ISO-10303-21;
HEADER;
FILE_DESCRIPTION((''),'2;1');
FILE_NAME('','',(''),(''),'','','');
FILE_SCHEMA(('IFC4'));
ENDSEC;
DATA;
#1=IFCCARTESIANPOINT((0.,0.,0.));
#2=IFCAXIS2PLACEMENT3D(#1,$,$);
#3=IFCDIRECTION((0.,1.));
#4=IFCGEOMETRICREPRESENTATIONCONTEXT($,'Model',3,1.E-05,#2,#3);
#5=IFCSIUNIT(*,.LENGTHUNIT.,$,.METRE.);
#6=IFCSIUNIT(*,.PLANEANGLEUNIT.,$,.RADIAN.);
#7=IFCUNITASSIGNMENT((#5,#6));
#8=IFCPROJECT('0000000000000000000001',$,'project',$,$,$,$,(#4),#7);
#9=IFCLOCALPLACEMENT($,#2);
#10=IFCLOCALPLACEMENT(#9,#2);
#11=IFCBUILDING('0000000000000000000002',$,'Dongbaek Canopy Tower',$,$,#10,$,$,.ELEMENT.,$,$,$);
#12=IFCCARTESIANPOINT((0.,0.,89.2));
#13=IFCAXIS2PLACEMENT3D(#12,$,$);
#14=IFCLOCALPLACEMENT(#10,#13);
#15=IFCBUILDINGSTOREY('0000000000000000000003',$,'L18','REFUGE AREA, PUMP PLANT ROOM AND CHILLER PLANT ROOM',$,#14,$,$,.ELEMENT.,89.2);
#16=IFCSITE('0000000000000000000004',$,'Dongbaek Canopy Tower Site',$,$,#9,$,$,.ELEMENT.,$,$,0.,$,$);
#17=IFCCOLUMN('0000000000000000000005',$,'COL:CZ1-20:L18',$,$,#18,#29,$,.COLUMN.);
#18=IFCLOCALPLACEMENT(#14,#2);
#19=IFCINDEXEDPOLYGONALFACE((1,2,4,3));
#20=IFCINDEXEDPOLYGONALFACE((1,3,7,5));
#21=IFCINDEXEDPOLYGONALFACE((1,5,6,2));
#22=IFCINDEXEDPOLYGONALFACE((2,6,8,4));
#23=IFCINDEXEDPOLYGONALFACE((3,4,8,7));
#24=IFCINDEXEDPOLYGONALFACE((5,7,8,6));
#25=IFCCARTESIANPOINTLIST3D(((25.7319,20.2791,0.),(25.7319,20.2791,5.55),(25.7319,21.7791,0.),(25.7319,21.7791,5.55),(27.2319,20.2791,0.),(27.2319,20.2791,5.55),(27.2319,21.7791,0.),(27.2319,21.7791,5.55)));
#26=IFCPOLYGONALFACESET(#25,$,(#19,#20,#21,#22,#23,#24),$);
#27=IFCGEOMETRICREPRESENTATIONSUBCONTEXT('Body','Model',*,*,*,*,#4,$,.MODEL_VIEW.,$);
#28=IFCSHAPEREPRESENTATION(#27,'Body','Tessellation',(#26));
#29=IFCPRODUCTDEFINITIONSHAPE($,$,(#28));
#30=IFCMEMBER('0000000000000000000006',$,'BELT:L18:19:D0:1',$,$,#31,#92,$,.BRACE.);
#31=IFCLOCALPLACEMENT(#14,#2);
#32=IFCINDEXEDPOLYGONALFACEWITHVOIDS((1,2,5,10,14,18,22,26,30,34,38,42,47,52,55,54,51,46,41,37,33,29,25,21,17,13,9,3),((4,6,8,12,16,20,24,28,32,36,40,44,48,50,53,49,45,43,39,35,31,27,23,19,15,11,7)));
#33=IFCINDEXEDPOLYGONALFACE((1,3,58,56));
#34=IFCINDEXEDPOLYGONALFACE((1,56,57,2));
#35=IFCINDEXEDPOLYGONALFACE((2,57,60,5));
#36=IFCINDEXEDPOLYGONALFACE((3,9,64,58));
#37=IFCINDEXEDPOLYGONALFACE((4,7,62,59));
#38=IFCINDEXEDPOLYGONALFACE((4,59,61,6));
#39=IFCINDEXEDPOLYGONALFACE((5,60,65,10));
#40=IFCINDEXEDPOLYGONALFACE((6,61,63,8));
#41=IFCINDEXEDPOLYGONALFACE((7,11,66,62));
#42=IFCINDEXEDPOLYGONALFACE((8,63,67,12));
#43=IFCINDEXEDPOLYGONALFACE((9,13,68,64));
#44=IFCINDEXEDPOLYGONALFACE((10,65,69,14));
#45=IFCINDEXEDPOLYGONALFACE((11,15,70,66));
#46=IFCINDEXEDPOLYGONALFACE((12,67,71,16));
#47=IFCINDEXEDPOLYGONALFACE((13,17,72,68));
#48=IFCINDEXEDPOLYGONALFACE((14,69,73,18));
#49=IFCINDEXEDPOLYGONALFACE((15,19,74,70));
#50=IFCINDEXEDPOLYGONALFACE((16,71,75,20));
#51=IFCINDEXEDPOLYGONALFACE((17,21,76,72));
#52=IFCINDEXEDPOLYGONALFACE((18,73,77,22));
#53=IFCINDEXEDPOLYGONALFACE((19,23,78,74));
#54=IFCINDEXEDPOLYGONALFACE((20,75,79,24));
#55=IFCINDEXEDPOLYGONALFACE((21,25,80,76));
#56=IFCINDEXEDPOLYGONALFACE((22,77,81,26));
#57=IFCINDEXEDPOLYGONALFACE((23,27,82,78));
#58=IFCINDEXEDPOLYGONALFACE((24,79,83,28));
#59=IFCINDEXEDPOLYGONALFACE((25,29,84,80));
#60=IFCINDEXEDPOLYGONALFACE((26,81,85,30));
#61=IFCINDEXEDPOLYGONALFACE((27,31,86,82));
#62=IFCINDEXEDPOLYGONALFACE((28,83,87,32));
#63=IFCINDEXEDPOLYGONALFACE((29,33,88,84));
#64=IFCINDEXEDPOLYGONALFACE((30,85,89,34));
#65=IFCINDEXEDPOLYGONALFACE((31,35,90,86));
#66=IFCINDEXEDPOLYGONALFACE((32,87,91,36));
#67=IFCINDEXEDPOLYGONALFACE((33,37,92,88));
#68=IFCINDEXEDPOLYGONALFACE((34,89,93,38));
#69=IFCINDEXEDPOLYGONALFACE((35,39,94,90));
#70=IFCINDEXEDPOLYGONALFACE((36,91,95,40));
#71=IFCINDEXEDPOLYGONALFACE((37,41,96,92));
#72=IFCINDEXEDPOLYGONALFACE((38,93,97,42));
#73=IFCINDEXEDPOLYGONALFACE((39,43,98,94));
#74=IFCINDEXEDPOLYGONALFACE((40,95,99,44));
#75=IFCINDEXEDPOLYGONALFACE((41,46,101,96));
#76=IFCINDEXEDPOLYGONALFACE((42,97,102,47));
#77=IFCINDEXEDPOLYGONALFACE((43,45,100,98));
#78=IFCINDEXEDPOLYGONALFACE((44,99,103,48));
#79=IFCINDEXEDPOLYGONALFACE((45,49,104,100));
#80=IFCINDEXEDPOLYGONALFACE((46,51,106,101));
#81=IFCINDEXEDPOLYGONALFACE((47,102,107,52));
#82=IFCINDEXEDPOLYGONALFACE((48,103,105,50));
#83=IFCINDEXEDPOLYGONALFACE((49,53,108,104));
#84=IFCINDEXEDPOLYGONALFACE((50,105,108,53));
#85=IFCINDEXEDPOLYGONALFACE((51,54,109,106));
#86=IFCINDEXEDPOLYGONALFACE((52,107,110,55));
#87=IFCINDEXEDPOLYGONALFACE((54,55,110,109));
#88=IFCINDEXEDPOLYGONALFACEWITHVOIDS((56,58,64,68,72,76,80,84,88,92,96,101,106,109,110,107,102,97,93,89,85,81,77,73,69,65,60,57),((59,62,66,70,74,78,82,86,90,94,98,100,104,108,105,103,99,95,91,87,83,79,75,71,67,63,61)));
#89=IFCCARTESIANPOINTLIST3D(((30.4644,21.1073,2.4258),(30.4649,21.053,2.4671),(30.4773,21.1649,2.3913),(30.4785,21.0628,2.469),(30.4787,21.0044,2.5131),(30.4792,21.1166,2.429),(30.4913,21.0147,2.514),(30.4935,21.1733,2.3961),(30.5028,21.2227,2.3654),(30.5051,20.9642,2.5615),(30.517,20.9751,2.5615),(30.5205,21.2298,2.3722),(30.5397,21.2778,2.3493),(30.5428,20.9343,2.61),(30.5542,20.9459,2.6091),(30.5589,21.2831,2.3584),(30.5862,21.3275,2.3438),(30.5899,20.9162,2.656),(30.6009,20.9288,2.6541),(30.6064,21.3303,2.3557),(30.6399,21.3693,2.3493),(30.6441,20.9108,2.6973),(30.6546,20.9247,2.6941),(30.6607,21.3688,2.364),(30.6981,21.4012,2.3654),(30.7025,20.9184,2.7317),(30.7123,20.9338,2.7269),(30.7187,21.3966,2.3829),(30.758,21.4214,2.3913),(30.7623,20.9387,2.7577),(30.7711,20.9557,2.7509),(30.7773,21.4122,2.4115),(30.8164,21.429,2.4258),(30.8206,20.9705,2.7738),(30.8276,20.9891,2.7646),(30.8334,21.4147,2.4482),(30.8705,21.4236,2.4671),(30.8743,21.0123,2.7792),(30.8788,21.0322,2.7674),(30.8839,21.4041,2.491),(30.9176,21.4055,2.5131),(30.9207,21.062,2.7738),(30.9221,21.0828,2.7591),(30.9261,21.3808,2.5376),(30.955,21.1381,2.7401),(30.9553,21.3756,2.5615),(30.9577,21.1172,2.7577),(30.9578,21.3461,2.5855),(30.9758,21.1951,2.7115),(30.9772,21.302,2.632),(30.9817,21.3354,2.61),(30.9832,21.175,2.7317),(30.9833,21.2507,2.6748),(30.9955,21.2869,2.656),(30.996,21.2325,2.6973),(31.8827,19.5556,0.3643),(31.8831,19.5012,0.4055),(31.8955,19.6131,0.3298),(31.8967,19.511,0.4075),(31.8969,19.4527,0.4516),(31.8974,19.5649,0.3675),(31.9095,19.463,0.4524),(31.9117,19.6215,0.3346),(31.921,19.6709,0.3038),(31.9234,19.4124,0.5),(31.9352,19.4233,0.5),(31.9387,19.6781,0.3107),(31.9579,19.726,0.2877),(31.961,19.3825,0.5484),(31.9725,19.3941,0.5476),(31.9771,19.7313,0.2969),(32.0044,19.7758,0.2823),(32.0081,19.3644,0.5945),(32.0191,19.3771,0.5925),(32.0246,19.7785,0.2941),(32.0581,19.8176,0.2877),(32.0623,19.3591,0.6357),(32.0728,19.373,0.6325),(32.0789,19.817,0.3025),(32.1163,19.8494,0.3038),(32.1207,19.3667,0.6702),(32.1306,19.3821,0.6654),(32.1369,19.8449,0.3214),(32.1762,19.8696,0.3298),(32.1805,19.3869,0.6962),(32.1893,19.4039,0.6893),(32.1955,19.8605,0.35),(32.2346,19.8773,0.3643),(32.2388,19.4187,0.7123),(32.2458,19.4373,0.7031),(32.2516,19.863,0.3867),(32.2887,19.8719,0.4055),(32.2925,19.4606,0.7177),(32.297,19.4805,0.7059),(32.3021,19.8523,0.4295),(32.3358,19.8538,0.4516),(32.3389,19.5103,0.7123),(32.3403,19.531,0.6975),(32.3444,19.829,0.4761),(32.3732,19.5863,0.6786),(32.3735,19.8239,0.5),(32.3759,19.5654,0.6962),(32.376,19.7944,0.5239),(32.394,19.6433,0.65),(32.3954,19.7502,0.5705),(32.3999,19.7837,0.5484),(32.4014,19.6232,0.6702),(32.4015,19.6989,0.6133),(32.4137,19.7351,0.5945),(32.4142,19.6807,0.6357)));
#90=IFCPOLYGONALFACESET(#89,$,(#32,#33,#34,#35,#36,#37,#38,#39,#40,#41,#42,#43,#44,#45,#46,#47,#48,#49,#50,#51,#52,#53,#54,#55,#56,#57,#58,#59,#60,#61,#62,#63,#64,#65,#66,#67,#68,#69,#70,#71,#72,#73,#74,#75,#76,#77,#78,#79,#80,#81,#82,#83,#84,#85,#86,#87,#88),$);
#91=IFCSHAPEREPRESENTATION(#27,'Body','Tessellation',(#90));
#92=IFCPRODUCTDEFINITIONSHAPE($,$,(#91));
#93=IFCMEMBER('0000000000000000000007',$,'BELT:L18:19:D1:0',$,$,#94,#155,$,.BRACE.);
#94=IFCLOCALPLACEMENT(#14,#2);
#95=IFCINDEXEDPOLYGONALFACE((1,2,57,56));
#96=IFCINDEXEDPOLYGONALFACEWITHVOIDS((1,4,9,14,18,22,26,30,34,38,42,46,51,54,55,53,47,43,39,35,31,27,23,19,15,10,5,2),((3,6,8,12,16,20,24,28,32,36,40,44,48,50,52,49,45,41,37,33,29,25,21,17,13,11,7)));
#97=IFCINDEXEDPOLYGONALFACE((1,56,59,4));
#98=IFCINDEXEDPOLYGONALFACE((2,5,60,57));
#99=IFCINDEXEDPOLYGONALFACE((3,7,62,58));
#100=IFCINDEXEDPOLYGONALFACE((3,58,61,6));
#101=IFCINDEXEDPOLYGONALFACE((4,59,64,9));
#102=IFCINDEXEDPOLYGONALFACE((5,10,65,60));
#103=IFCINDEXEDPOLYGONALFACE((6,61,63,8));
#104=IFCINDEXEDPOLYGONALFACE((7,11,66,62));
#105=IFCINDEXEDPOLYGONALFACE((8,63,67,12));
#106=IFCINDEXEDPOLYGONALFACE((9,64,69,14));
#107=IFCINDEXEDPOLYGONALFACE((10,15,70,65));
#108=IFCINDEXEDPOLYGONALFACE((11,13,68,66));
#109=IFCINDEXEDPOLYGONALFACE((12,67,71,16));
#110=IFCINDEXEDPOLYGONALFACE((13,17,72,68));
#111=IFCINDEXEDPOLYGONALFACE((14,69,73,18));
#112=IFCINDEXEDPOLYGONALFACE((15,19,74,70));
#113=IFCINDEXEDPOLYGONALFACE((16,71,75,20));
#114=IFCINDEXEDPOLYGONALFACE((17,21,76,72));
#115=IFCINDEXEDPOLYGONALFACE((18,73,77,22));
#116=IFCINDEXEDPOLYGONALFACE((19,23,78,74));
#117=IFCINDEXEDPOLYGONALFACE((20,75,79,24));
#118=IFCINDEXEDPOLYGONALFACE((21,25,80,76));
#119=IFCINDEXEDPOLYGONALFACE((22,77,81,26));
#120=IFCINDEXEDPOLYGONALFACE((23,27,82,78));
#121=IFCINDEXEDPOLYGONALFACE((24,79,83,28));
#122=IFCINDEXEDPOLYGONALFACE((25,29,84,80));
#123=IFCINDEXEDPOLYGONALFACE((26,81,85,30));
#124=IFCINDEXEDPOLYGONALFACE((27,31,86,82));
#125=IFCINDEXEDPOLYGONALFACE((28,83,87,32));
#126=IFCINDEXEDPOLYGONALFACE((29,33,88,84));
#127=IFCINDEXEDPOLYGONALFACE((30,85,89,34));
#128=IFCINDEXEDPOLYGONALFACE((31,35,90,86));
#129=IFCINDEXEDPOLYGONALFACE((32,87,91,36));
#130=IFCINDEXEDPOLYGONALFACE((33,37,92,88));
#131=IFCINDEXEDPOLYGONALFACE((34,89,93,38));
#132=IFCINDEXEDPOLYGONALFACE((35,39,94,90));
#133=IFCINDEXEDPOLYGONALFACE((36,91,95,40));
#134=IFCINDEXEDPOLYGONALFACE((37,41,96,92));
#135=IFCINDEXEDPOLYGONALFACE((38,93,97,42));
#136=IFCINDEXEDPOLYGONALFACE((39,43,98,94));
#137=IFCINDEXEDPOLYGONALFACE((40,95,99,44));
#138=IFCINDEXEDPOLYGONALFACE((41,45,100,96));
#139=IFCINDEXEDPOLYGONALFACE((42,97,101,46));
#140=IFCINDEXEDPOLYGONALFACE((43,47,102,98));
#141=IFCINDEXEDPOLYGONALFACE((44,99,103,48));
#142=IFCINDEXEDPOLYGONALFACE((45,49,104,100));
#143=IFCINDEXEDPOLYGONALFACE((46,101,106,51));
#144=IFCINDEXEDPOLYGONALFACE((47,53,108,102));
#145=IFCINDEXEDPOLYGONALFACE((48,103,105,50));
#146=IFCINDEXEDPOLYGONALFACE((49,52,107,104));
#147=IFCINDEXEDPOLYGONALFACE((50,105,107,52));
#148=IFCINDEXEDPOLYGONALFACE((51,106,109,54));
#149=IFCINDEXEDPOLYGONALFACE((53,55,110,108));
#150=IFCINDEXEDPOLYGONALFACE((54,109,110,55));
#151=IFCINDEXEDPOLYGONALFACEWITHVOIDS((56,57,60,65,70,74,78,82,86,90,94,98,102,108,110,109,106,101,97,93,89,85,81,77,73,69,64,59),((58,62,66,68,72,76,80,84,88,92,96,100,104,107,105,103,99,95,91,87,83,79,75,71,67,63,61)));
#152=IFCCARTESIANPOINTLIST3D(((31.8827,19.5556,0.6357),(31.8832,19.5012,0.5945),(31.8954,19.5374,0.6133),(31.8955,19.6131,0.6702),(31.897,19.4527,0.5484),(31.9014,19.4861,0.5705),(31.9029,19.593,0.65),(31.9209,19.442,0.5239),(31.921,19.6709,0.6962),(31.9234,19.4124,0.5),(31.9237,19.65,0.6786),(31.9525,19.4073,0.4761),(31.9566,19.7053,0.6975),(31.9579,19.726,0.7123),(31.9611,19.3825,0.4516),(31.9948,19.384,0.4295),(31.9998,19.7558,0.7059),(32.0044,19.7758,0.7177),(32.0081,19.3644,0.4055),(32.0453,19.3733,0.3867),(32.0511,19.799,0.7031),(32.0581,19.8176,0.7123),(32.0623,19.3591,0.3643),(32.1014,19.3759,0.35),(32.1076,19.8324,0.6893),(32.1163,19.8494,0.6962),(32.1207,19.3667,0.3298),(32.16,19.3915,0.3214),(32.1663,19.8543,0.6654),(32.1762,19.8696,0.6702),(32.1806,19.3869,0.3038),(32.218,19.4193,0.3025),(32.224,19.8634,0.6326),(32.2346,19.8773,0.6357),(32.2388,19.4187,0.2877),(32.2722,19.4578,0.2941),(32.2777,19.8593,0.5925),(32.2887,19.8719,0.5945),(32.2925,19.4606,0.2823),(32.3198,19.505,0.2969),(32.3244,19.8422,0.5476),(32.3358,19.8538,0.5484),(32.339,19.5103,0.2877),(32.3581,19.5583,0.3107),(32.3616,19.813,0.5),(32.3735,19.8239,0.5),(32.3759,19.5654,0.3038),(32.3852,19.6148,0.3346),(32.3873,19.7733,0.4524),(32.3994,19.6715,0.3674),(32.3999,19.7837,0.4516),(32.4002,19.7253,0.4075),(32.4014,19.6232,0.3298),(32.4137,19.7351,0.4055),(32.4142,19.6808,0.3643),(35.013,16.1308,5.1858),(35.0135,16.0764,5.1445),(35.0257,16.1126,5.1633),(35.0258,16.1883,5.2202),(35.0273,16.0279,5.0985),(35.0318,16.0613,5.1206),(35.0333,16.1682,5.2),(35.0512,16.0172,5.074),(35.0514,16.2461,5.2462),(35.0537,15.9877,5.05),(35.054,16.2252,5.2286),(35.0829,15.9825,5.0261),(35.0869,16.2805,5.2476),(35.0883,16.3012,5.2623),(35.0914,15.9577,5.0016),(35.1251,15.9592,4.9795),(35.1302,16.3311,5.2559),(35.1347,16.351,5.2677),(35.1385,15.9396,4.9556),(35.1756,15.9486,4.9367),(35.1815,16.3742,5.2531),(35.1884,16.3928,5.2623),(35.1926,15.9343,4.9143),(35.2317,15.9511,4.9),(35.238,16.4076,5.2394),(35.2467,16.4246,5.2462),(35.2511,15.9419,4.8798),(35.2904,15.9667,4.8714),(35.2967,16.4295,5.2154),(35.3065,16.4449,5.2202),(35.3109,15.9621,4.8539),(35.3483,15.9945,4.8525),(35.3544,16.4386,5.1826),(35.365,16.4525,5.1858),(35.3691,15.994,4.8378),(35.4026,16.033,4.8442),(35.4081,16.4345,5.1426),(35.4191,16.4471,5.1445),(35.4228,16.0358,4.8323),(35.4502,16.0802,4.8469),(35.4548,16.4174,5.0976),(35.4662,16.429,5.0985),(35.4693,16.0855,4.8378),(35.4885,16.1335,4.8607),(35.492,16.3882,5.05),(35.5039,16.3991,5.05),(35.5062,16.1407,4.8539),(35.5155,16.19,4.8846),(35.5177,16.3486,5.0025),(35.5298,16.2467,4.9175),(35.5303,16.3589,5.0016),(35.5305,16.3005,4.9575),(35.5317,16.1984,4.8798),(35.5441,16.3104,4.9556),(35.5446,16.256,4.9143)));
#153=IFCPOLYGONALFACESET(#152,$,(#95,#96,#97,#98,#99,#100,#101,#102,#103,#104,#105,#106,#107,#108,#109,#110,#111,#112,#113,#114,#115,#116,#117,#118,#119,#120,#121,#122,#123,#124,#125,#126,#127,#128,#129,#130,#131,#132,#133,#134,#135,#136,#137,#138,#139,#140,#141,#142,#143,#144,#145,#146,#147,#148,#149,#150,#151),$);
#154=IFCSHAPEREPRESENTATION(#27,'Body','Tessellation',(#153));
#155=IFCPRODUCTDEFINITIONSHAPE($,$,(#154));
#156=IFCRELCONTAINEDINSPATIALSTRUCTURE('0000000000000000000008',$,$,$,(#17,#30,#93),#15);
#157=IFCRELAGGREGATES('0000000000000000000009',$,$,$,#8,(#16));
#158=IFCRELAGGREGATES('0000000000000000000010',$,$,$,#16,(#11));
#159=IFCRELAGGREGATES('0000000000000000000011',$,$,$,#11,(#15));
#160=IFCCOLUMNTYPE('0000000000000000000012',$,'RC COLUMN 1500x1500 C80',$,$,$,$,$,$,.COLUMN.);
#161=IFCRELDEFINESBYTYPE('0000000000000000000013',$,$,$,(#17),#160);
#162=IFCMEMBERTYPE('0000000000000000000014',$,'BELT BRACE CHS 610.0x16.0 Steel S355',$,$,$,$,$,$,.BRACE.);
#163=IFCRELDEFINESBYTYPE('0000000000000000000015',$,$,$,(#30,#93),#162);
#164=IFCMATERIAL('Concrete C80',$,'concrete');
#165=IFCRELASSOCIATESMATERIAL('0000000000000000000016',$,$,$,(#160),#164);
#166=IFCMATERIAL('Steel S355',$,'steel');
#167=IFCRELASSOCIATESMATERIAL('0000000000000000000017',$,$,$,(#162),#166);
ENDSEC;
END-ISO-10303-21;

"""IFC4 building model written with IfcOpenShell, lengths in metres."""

from ifc_helpers import new_model, si_unit, direction, frame, origin, origin_2d, place, context, subcontext, project, spatial, rectangle, hollow_circle, extrude, material, material_profile, profile_set, type_object, element, save


model = new_model("IFC4")

# Units and contexts
model_context = context("Model", 3, precision=1e-05, world=origin(), true_north=direction((0.0, 1.0)))
body_context = subcontext(model_context, "Body", "Model", "MODEL_VIEW")
ifc_project = project(units=[si_unit("LENGTHUNIT", "METRE"), si_unit("PLANEANGLEUNIT", "RADIAN")], contexts=[model_context])

# Site, building, storey
site_placement = place(None, origin())
site = spatial("IfcSite", under=ifc_project, at=site_placement, Name="Dongbaek Canopy Tower Site", CompositionType="ELEMENT", RefElevation=0.0)
building_placement = place(site_placement, origin())
building = spatial("IfcBuilding", under=site, at=building_placement, Name="Dongbaek Canopy Tower", CompositionType="ELEMENT")
storey_placement = place(building_placement, frame((0.0, 0.0, 89.2)))
storey = spatial("IfcBuildingStorey", under=building, at=storey_placement, Name="L18", Description="REFUGE AREA, PUMP PLANT ROOM AND CHILLER PLANT ROOM", CompositionType="ELEMENT", Elevation=89.2)

# Column
ifc_material_1 = material(Name="Concrete C80", Category="concrete")
ifc_material_profile_1 = material_profile(ifc_material_1, rectangle(XDim=1.5, YDim=1.5, at=origin_2d()), Name="RC COLUMN 1500x1500 C80")
ifc_profile_set_1 = profile_set([ifc_material_profile_1], Name="Concrete C80")
column_type = type_object("IfcColumnType", Name="RC COLUMN 1500x1500 C80", PredefinedType="COLUMN", material=ifc_profile_set_1)
column_placement = place(storey_placement, frame((26.4819, 21.0291, 0.0), z_axis=(0.0, 0.0, 1.0), x_axis=(1.0, 0.0, 0.0)))
element("IfcColumn", 1, at=column_placement, inside=storey, type_object=column_type, Name="COL:CZ1-20:L18", PredefinedType="COLUMN", context=body_context, shape_type="SweptSolid", body=[
    extrude(rectangle(XDim=1.5, YDim=1.5, at=origin_2d()), origin(), (0.0, 0.0, 1.0), 5.55),
])

# Members
ifc_material_2 = material(Name="Steel S355", Category="steel")
ifc_material_profile_2 = material_profile(ifc_material_2, hollow_circle(Radius=0.3049, WallThickness=0.0161, at=origin_2d()), Name="BELT BRACE CHS 610.0x16.0 Steel S355")
ifc_profile_set_2 = profile_set([ifc_material_profile_2], Name="Steel S355")
member_type_1 = type_object("IfcMemberType", Name="BELT BRACE CHS 610.0x16.0 Steel S355", PredefinedType="BRACE", material=ifc_profile_set_2)
member_1_placement = place(storey_placement, frame((32.1484, 19.6182, 0.5), z_axis=(-0.481674, 0.52703, 0.700164), x_axis=(-0.738156, -0.67463, 0.0)))
element("IfcMember", 2, at=member_1_placement, inside=storey, type_object=member_type_1, Name="BELT:L18:19:D0:1", PredefinedType="BRACE", context=body_context, shape_type="SweptSolid", body=[
    extrude(hollow_circle(Radius=0.3049, WallThickness=0.0161, at=origin_2d()), origin(), (0.0, 0.0, 1.0), 2.9443),
])
member_2_placement = place(storey_placement, frame((32.1484, 19.6182, 0.5), z_axis=(0.481701, -0.527009, 0.700161), x_axis=(0.738123, 0.674666, 0.0)))
element("IfcMember", 3, at=member_2_placement, inside=storey, type_object=member_type_1, Name="BELT:L18:19:D1:0", PredefinedType="BRACE", context=body_context, shape_type="SweptSolid", body=[
    extrude(hollow_circle(Radius=0.3049, WallThickness=0.0161, at=origin_2d()), origin(), (0.0, 0.0, 1.0), 6.4985),
])

save(model, "model.ifc")
